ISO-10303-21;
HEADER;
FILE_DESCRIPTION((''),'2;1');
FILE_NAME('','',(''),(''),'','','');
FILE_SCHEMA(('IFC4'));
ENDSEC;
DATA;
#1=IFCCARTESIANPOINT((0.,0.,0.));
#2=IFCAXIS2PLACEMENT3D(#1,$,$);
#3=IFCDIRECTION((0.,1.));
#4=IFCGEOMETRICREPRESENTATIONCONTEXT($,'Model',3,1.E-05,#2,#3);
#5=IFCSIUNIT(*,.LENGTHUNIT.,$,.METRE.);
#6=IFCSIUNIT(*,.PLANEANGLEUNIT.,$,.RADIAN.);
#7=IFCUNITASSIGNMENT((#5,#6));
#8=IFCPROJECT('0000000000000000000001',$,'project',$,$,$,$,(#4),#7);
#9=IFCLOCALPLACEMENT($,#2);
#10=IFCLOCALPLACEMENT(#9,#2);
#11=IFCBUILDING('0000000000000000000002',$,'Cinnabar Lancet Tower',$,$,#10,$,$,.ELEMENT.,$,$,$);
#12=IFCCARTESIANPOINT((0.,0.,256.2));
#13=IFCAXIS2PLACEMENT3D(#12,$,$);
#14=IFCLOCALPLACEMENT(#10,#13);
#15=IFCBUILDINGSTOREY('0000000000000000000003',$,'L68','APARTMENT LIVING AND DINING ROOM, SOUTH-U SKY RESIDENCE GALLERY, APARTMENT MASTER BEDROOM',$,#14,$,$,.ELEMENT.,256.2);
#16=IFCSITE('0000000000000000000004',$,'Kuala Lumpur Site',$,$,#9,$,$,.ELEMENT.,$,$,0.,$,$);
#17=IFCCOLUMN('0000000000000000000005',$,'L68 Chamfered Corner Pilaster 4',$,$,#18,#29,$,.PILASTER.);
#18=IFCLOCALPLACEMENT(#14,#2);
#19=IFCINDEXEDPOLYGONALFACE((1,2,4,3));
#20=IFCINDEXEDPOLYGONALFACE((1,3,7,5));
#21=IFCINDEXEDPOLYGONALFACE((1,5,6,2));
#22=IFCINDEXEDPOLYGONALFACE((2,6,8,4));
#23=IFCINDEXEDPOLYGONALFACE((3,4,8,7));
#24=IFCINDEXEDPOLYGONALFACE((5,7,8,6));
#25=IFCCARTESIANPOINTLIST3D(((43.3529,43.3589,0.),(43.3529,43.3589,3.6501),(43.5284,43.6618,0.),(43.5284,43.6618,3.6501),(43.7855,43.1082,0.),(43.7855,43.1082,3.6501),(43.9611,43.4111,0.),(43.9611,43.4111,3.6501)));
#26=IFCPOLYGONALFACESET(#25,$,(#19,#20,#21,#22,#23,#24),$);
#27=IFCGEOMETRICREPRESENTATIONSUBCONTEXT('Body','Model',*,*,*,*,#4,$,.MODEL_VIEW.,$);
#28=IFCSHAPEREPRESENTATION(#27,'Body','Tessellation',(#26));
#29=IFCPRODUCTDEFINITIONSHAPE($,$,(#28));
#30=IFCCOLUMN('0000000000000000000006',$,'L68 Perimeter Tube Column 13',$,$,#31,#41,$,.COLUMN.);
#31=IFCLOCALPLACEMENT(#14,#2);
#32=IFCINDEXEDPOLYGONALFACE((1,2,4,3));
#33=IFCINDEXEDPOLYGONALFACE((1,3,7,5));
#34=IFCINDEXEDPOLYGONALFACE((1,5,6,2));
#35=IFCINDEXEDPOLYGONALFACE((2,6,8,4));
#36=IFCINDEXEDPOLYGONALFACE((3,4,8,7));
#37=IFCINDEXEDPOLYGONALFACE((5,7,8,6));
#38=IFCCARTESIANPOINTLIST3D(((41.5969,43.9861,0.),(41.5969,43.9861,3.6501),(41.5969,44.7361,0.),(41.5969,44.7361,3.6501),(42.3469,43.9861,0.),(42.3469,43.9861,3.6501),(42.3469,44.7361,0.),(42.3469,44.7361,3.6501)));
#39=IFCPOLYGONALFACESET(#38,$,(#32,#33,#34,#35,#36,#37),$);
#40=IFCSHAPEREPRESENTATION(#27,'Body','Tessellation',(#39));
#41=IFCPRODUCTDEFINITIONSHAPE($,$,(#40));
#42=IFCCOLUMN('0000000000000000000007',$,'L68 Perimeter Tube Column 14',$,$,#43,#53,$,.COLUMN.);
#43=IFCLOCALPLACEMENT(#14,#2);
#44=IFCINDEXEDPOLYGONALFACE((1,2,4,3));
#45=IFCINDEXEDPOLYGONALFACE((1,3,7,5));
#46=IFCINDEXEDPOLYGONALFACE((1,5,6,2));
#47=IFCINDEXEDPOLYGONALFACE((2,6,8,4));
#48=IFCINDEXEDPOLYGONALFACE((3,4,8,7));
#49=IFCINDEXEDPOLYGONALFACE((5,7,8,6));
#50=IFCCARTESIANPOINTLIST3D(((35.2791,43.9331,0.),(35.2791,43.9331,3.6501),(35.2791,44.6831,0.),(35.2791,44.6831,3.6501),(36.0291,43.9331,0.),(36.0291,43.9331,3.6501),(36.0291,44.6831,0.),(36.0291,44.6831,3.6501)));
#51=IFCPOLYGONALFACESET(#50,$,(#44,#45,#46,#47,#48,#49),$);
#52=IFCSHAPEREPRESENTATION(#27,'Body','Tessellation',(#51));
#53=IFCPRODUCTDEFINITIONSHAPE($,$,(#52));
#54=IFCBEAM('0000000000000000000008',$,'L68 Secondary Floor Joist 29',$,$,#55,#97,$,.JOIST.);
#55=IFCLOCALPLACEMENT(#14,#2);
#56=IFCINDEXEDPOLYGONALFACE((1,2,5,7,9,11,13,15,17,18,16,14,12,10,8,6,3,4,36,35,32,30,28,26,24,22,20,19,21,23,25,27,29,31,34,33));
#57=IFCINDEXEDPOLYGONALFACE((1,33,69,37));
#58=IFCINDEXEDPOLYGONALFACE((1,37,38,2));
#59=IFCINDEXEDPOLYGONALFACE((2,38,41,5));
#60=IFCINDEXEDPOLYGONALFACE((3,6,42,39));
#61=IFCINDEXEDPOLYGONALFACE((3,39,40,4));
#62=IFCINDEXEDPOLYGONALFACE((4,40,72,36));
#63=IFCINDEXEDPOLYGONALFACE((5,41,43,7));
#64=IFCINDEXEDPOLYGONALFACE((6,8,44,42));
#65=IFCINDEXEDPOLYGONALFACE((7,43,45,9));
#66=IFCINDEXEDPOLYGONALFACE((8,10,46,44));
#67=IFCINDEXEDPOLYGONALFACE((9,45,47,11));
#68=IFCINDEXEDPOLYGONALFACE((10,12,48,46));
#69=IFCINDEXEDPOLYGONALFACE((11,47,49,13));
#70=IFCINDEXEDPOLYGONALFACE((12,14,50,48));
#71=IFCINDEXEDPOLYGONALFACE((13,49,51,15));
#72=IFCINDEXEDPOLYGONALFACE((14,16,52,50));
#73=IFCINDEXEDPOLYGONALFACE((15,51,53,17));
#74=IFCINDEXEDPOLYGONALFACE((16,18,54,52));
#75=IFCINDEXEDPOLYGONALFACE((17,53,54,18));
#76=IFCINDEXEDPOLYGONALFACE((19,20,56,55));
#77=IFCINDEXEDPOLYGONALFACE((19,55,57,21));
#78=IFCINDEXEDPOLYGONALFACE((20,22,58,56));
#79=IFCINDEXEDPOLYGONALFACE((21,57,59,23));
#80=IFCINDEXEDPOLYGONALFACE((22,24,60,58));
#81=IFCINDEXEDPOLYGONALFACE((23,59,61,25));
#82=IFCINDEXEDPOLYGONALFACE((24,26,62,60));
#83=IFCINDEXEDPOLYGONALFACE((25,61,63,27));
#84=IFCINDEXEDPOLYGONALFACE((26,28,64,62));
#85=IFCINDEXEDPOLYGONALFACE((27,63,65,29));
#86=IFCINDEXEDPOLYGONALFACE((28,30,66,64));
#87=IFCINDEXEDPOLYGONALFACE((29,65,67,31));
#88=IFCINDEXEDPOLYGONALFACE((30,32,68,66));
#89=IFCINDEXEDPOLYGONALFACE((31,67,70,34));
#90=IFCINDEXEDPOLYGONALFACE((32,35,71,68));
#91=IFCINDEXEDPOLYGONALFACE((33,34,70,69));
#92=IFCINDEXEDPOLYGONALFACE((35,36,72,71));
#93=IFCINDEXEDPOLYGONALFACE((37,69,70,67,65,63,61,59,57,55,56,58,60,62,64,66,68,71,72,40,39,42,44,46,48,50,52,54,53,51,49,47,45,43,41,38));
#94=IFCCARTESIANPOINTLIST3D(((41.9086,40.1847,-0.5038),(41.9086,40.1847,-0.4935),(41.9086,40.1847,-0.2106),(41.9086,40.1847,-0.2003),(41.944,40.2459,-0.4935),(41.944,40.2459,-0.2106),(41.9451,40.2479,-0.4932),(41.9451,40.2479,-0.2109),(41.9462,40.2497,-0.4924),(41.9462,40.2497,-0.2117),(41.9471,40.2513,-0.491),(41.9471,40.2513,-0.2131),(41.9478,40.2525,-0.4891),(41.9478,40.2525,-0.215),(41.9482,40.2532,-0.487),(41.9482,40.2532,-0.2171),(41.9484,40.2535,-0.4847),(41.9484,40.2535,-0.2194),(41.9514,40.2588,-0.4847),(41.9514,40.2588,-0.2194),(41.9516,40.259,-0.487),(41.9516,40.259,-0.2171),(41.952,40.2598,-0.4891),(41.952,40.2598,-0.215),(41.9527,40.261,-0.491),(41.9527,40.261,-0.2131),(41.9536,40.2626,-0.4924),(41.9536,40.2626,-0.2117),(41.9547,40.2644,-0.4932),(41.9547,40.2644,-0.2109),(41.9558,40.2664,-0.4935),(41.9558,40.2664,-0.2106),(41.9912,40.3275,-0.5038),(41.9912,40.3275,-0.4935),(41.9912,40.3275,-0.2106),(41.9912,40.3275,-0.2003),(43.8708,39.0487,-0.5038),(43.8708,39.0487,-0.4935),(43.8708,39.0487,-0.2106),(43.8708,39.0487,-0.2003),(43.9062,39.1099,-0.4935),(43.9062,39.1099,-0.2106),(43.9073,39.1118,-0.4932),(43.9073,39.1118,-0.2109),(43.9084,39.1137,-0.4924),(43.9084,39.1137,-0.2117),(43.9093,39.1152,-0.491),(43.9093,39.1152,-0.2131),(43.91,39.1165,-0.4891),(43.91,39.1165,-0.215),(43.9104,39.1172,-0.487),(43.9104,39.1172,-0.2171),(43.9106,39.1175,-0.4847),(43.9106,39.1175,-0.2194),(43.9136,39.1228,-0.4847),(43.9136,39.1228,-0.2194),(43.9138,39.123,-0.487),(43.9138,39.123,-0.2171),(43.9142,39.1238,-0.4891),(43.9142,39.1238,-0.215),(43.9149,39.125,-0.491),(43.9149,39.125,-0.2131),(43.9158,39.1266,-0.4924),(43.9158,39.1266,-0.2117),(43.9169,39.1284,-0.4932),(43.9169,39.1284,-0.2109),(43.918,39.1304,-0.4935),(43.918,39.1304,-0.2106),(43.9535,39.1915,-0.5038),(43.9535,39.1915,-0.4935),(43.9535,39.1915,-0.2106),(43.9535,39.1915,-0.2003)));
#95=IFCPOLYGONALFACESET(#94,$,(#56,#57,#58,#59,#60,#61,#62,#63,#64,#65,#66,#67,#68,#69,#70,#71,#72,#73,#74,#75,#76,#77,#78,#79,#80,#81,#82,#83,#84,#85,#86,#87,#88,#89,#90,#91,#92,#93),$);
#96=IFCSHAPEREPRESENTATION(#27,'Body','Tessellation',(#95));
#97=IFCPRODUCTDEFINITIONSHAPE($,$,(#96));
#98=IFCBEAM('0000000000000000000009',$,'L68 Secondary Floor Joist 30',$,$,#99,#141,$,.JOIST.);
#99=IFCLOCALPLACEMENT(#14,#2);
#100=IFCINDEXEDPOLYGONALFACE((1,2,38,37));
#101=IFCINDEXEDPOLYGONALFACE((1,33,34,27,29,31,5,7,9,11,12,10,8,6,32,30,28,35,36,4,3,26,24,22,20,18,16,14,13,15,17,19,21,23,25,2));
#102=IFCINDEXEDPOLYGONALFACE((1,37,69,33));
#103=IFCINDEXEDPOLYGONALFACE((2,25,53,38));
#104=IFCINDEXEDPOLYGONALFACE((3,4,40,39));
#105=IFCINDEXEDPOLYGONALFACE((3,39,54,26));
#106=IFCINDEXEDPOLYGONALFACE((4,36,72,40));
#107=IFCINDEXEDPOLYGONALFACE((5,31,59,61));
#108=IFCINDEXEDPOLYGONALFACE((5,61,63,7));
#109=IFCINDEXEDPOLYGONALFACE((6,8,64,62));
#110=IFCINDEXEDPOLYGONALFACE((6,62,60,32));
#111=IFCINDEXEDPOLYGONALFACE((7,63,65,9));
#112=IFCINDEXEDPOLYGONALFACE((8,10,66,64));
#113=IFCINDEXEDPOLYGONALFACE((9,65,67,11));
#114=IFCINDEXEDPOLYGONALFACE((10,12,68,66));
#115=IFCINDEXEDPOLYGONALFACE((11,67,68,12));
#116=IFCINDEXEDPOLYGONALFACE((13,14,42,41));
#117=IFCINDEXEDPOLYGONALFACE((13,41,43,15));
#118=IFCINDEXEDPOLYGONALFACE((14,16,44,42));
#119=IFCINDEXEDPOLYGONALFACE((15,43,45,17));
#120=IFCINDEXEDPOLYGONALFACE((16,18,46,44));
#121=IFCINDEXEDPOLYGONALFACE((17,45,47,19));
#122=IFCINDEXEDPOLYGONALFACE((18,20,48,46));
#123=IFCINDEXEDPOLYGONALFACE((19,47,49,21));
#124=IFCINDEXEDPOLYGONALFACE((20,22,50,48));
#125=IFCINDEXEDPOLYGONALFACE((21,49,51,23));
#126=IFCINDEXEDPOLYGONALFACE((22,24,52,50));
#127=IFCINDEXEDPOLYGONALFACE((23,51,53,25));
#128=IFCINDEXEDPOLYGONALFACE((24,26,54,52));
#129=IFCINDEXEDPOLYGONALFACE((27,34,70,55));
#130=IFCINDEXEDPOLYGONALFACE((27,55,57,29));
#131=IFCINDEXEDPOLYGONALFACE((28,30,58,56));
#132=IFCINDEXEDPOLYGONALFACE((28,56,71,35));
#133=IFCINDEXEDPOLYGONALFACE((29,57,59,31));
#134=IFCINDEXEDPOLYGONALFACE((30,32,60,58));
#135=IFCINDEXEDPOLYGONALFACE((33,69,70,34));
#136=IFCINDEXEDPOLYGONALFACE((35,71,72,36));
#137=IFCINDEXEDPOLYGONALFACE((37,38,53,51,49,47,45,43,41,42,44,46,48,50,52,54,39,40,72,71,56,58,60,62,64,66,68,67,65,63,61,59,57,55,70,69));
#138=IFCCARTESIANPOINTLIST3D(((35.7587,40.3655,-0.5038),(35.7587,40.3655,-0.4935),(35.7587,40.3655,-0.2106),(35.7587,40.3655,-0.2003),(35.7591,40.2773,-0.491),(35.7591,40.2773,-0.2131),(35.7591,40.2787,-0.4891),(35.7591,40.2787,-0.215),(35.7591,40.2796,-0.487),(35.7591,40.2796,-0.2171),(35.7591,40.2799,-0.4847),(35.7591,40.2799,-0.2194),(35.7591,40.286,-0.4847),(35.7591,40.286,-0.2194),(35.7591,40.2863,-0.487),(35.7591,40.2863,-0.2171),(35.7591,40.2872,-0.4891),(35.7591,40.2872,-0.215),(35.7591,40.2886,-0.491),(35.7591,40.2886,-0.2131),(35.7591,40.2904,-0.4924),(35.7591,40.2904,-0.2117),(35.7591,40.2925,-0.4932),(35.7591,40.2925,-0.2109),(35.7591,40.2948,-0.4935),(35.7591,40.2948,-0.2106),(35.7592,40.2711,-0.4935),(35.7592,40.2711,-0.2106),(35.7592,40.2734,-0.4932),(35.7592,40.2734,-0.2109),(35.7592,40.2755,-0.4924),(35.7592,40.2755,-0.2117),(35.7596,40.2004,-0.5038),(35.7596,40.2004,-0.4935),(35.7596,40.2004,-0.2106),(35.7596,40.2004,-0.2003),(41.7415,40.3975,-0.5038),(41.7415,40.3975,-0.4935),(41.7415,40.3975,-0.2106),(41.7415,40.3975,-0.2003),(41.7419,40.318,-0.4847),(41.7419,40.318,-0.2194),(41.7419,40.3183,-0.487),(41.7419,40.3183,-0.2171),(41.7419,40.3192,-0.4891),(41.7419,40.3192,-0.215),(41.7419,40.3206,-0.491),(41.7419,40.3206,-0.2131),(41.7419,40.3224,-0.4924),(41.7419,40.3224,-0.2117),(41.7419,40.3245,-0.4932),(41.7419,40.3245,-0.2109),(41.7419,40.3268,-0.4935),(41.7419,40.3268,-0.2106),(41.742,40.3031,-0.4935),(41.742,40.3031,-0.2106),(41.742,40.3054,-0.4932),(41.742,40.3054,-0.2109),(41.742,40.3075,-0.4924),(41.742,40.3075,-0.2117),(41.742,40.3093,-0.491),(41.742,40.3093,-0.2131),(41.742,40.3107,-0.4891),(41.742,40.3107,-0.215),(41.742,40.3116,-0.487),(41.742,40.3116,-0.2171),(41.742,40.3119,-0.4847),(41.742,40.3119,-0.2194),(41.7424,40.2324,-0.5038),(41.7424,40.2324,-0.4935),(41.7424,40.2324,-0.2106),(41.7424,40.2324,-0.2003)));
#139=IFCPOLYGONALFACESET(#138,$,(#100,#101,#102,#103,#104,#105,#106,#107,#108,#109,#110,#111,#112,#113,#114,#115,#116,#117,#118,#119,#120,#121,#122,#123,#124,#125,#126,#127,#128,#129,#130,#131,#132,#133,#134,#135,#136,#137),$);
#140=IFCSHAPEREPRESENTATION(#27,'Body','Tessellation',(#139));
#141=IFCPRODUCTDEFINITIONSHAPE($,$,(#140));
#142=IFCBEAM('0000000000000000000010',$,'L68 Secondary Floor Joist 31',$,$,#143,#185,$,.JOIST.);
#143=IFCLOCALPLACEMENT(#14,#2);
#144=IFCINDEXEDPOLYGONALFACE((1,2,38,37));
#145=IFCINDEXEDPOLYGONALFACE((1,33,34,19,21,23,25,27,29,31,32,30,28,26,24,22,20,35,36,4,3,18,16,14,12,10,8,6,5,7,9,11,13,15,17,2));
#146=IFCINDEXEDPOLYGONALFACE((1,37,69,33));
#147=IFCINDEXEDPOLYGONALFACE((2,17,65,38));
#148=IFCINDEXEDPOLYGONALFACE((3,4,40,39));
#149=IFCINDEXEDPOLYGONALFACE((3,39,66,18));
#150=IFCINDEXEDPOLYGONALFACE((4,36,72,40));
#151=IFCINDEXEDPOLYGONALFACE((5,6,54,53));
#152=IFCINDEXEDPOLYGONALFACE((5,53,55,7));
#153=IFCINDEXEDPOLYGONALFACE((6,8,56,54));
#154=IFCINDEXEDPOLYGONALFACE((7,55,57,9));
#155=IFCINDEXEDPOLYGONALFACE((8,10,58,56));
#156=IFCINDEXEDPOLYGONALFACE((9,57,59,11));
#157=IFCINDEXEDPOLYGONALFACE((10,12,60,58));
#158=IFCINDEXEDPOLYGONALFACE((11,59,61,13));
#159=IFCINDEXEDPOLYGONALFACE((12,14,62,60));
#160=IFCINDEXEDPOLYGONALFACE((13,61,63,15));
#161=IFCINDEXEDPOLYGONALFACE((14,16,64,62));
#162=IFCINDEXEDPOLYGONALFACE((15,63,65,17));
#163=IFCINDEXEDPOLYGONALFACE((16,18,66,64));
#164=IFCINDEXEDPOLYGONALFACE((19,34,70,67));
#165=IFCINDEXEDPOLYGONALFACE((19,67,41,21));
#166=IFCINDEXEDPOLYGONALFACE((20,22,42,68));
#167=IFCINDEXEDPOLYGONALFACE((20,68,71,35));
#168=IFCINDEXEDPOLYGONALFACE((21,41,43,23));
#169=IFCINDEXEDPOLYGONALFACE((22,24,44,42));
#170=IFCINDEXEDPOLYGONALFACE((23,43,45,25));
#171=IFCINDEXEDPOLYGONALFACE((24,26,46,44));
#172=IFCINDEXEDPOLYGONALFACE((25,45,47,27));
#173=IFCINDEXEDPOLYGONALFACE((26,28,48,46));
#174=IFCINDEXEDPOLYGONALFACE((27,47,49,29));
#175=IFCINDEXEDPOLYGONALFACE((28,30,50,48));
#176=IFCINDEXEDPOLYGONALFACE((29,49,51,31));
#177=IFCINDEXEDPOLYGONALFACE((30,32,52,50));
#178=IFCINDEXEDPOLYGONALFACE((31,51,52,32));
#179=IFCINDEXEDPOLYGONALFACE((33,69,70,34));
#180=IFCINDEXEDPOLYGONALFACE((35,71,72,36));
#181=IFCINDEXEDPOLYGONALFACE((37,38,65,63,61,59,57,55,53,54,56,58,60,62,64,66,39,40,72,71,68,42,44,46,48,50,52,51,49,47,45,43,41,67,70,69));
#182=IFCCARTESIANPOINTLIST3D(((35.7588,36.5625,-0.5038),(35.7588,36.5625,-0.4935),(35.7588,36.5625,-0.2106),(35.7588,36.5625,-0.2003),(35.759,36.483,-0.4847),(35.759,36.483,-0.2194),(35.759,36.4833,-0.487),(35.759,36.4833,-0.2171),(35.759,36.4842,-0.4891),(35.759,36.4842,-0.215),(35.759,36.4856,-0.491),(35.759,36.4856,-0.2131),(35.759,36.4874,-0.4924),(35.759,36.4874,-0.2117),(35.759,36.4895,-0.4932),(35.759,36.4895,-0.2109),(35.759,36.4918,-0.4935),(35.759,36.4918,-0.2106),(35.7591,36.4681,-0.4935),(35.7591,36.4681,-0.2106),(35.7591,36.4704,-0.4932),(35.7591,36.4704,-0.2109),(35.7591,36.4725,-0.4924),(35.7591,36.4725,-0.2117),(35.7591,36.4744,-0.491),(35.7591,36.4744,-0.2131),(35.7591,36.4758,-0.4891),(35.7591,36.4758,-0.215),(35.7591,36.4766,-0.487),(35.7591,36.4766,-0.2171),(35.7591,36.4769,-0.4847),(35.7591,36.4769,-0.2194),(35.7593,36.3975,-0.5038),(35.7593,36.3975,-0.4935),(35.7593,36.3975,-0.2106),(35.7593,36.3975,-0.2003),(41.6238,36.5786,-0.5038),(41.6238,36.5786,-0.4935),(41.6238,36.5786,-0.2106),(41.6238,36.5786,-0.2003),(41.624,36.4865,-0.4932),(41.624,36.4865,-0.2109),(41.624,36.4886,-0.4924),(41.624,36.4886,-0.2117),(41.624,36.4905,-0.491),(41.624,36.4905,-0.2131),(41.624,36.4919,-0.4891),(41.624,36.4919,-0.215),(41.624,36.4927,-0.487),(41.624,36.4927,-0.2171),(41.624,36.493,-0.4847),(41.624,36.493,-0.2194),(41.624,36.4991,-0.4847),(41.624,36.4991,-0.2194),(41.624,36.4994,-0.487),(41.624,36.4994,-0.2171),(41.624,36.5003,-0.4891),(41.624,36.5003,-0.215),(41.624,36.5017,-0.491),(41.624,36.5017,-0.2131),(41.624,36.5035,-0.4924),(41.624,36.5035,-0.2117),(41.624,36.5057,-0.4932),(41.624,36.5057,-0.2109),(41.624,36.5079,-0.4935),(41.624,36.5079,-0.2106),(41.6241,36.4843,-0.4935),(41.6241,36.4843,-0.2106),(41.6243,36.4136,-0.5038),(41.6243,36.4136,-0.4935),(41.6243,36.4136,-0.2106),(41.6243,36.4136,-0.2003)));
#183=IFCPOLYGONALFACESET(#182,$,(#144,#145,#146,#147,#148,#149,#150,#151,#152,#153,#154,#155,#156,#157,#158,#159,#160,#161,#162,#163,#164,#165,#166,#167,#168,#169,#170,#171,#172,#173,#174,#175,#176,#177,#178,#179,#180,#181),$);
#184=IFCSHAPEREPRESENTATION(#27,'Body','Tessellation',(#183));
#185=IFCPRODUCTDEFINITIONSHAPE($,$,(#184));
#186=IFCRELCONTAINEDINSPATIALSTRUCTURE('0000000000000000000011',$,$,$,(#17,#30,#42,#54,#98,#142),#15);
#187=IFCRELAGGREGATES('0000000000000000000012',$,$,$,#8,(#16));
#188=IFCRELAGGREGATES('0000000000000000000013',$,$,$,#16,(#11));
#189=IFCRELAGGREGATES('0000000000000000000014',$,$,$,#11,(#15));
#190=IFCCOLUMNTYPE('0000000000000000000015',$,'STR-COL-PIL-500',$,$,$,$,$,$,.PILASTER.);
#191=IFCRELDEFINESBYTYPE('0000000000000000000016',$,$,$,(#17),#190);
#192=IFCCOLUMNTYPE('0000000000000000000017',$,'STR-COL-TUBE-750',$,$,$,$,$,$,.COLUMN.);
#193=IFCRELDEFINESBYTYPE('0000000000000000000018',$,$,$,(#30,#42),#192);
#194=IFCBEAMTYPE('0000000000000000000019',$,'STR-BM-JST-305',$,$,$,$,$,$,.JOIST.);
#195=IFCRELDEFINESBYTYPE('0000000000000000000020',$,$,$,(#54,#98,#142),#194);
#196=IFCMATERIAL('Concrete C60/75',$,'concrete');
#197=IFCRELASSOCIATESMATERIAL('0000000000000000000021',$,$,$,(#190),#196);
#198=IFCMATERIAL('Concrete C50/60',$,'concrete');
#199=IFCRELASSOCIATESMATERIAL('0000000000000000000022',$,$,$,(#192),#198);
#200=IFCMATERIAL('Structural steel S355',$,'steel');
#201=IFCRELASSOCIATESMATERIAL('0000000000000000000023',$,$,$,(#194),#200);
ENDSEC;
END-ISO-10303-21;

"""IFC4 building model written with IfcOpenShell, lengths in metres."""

from ifc_helpers import new_model, si_unit, direction, frame, origin, origin_2d, place, context, subcontext, project, spatial, rectangle, i_section, extrude, material, material_profile, profile_set, type_object, element, save


model = new_model("IFC4")

# Units and contexts
model_context = context("Model", 3, precision=1e-05, world=origin(), true_north=direction((0.0, 1.0)))
body_context = subcontext(model_context, "Body", "Model", "MODEL_VIEW")
ifc_project = project(units=[si_unit("LENGTHUNIT", "METRE"), si_unit("PLANEANGLEUNIT", "RADIAN")], contexts=[model_context])

# Site, building, storey
site_placement = place(None, origin())
site = spatial("IfcSite", under=ifc_project, at=site_placement, Name="Kuala Lumpur Site", CompositionType="ELEMENT", RefElevation=0.0)
building_placement = place(site_placement, origin())
building = spatial("IfcBuilding", under=site, at=building_placement, Name="Cinnabar Lancet Tower", CompositionType="ELEMENT")
storey_placement = place(building_placement, frame((0.0, 0.0, 256.2)))
storey = spatial("IfcBuildingStorey", under=building, at=storey_placement, Name="L68", Description="APARTMENT LIVING AND DINING ROOM, SOUTH-U SKY RESIDENCE GALLERY, APARTMENT MASTER BEDROOM", CompositionType="ELEMENT", Elevation=256.2)

# Columns
ifc_material_1 = material(Name="Concrete C60/75", Category="concrete")
ifc_material_profile_1 = material_profile(ifc_material_1, rectangle(XDim=0.5, YDim=0.3501, at=origin_2d()), Name="RC-PIL 500x350")
ifc_profile_set_1 = profile_set([ifc_material_profile_1], Name="Concrete C60/75")
column_type_1 = type_object("IfcColumnType", Name="STR-COL-PIL-500", PredefinedType="PILASTER", material=ifc_profile_set_1)
column_placement = place(storey_placement, frame((43.657, 43.385, 0.0), z_axis=(0.0, 0.0, 1.0), x_axis=(-0.865256, 0.50133, 0.0)))
element("IfcColumn", 1, at=column_placement, inside=storey, type_object=column_type_1, Name="L68 Chamfered Corner Pilaster 4", PredefinedType="PILASTER", context=body_context, shape_type="SweptSolid", body=[
    extrude(rectangle(XDim=0.5, YDim=0.3501, at=origin_2d()), origin(), (0.0, 0.0, 1.0), 3.6501),
])
ifc_material_2 = material(Name="Concrete C50/60", Category="concrete")
ifc_material_profile_2 = material_profile(ifc_material_2, rectangle(XDim=0.75, YDim=0.75, at=origin_2d()), Name="RC-COL 750x750")
ifc_profile_set_2 = profile_set([ifc_material_profile_2], Name="Concrete C50/60")
column_type_2 = type_object("IfcColumnType", Name="STR-COL-TUBE-750", PredefinedType="COLUMN", material=ifc_profile_set_2)
for number, where, z_axis, x_axis, name in (
    (2, (41.9719, 44.3611, 0.0), (0.0, 0.0, 1.0), (1.0, 0.0, 0.0), "L68 Perimeter Tube Column 13"),
    (3, (35.6541, 44.3081, 0.0), (0.0, 0.0, 1.0), (1.0, 0.0, 0.0), "L68 Perimeter Tube Column 14"),
):
    element("IfcColumn", number, at=place(storey_placement, frame(where, z_axis=z_axis, x_axis=x_axis)), inside=storey, type_object=column_type_2, Name=name, PredefinedType="COLUMN", context=body_context, shape_type="SweptSolid", body=[
        extrude(rectangle(XDim=0.75, YDim=0.75, at=origin_2d()), origin(), (0.0, 0.0, 1.0), 3.6501),
    ])

# Beams
ifc_material_3 = material(Name="Structural steel S355", Category="steel")
ifc_material_profile_3 = material_profile(ifc_material_3, i_section(OverallWidth=0.165, OverallDepth=0.3035, WebThickness=0.0061, FlangeThickness=0.0103, FilletRadius=0.0088, at=origin_2d()), Name="UKB 305x165x40")
ifc_profile_set_3 = profile_set([ifc_material_profile_3], Name="Structural steel S355")
beam_type_1 = type_object("IfcBeamType", Name="STR-BM-JST-305", PredefinedType="JOIST", material=ifc_profile_set_3)
beam_1_placement = place(storey_placement, frame((43.9121, 39.1201, -0.3521), z_axis=(-0.865426, 0.501036, 0.0), x_axis=(-0.501036, -0.865426, 0.0)))
element("IfcBeam", 4, at=beam_1_placement, inside=storey, type_object=beam_type_1, Name="L68 Secondary Floor Joist 29", PredefinedType="JOIST", context=body_context, shape_type="SweptSolid", body=[
    extrude(i_section(OverallWidth=0.165, OverallDepth=0.3035, WebThickness=0.0061, FlangeThickness=0.0103, FilletRadius=0.0088, at=origin_2d()), origin(), (0.0, 0.0, 1.0), 2.2673),
])
beam_2_placement = place(storey_placement, frame((41.7419, 40.3149, -0.3521), z_axis=(-0.999986, -0.005346, 0.0), x_axis=(0.005346, -0.999986, 0.0)))
element("IfcBeam", 5, at=beam_2_placement, inside=storey, type_object=beam_type_1, Name="L68 Secondary Floor Joist 30", PredefinedType="JOIST", context=body_context, shape_type="SweptSolid", body=[
    extrude(i_section(OverallWidth=0.165, OverallDepth=0.3035, WebThickness=0.0061, FlangeThickness=0.0103, FilletRadius=0.0088, at=origin_2d()), origin(), (0.0, 0.0, 1.0), 5.9829),
])
beam_3_placement = place(storey_placement, frame((41.624, 36.4961, -0.3521), z_axis=(-0.999996, -0.002747, 0.0), x_axis=(0.002747, -0.999996, 0.0)))
element("IfcBeam", 6, at=beam_3_placement, inside=storey, type_object=beam_type_1, Name="L68 Secondary Floor Joist 31", PredefinedType="JOIST", context=body_context, shape_type="SweptSolid", body=[
    extrude(i_section(OverallWidth=0.165, OverallDepth=0.3035, WebThickness=0.0061, FlangeThickness=0.0103, FilletRadius=0.0088, at=origin_2d()), origin(), (0.0, 0.0, 1.0), 5.865),
])

save(model, "model.ifc")
